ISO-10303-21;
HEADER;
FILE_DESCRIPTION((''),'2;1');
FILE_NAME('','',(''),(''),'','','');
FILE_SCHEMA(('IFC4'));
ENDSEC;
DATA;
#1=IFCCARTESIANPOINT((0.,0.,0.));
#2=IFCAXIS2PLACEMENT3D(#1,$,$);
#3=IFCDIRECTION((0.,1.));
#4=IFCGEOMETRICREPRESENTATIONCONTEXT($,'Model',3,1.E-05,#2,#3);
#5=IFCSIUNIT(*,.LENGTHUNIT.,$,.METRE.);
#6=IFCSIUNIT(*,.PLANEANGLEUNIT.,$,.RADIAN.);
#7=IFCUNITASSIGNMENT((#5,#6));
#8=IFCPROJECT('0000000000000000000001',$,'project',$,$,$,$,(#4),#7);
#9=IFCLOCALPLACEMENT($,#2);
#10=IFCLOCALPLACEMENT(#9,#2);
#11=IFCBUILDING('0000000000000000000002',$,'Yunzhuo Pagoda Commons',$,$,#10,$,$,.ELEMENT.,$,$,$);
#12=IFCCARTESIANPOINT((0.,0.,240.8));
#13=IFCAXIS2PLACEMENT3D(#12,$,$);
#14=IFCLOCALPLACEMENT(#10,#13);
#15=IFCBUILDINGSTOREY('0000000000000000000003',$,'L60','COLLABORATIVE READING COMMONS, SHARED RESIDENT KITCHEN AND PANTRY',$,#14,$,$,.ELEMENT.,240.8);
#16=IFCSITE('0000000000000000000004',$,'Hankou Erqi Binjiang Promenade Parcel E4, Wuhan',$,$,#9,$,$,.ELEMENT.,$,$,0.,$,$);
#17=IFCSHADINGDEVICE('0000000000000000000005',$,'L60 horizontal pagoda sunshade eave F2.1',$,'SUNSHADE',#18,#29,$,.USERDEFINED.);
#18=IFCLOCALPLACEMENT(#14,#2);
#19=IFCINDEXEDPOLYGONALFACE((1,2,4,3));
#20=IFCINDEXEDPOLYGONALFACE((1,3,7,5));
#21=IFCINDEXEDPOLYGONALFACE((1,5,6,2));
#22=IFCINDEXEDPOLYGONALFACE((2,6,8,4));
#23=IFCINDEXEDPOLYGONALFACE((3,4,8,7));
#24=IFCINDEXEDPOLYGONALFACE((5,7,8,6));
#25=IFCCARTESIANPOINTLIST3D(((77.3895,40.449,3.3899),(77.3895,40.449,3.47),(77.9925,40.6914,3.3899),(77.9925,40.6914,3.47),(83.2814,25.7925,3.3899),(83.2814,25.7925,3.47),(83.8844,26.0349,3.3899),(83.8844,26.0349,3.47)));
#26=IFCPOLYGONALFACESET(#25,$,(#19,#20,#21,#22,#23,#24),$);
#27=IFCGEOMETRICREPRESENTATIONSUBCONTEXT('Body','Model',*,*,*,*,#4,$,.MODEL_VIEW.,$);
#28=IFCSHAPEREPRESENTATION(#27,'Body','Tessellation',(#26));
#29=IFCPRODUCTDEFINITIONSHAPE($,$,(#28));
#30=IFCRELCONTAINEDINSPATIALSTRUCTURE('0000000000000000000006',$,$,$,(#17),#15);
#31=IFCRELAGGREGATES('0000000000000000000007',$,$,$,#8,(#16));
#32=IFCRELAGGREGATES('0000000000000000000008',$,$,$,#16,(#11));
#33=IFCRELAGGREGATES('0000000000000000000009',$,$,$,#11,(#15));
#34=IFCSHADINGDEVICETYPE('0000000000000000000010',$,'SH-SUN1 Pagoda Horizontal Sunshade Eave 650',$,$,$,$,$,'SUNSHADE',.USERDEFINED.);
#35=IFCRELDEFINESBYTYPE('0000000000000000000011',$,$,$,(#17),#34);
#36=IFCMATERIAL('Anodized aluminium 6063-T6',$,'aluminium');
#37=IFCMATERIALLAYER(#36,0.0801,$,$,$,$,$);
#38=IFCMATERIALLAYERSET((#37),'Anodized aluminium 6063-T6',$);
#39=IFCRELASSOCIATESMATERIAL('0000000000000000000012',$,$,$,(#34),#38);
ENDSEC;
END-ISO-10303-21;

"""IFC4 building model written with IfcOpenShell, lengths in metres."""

from ifc_helpers import new_model, si_unit, direction, frame, origin, origin_2d, place, context, subcontext, project, spatial, rectangle, extrude, source, transform, mapped, material, layer, layer_set, type_object, element, save


model = new_model("IFC4")

# Units and contexts
model_context = context("Model", 3, precision=1e-05, world=origin(), true_north=direction((0.0, 1.0)))
body_context = subcontext(model_context, "Body", "Model", "MODEL_VIEW")
ifc_project = project(units=[si_unit("LENGTHUNIT", "METRE"), si_unit("PLANEANGLEUNIT", "RADIAN")], contexts=[model_context])

# Site, building, storey
site_placement = place(None, origin())
site = spatial("IfcSite", under=ifc_project, at=site_placement, Name="Hankou Erqi Binjiang Promenade Parcel E4, Wuhan", CompositionType="ELEMENT", RefElevation=0.0)
building_placement = place(site_placement, origin())
building = spatial("IfcBuilding", under=site, at=building_placement, Name="Yunzhuo Pagoda Commons", CompositionType="ELEMENT")
storey_placement = place(building_placement, frame((0.0, 0.0, 240.8)))
storey = spatial("IfcBuildingStorey", under=building, at=storey_placement, Name="L60", Description="COLLABORATIVE READING COMMONS, SHARED RESIDENT KITCHEN AND PANTRY", CompositionType="ELEMENT", Elevation=240.8)

# Shared definitions
ifc_material_1 = material(Name="Anodized aluminium 6063-T6", Category="aluminium")

# Shading device
ifc_layer_1 = layer(ifc_material_1, 0.0801)
ifc_layer_set_1 = layer_set([ifc_layer_1], Name="Anodized aluminium 6063-T6")
shading_device_type = type_object("IfcShadingDeviceType", Name="SH-SUN1 Pagoda Horizontal Sunshade Eave 650", ElementType="SUNSHADE", PredefinedType="USERDEFINED", material=ifc_layer_set_1)
shared_shape_1 = source(origin(), body_context, "Body", "SweptSolid", [
    extrude(rectangle(XDim=15.7964, YDim=0.6499, at=origin_2d()), origin(), (0.0, 0.0, 1.0), 0.0801),
])
shading_device_placement = place(storey_placement, frame((80.637, 33.2419, 3.3899), z_axis=(0.0, 0.0, 1.0), x_axis=(-0.372988, 0.927836, 0.0)))
element("IfcShadingDevice", 1, at=shading_device_placement, inside=storey, type_object=shading_device_type, Name="L60 horizontal pagoda sunshade eave F2.1", ObjectType="SUNSHADE", PredefinedType="USERDEFINED", context=body_context, shape_type="MappedRepresentation", body=[
    mapped(shared_shape_1, transform((0.0, 0.0, 0.0), scale=1.0)),
])

save(model, "model.ifc")
